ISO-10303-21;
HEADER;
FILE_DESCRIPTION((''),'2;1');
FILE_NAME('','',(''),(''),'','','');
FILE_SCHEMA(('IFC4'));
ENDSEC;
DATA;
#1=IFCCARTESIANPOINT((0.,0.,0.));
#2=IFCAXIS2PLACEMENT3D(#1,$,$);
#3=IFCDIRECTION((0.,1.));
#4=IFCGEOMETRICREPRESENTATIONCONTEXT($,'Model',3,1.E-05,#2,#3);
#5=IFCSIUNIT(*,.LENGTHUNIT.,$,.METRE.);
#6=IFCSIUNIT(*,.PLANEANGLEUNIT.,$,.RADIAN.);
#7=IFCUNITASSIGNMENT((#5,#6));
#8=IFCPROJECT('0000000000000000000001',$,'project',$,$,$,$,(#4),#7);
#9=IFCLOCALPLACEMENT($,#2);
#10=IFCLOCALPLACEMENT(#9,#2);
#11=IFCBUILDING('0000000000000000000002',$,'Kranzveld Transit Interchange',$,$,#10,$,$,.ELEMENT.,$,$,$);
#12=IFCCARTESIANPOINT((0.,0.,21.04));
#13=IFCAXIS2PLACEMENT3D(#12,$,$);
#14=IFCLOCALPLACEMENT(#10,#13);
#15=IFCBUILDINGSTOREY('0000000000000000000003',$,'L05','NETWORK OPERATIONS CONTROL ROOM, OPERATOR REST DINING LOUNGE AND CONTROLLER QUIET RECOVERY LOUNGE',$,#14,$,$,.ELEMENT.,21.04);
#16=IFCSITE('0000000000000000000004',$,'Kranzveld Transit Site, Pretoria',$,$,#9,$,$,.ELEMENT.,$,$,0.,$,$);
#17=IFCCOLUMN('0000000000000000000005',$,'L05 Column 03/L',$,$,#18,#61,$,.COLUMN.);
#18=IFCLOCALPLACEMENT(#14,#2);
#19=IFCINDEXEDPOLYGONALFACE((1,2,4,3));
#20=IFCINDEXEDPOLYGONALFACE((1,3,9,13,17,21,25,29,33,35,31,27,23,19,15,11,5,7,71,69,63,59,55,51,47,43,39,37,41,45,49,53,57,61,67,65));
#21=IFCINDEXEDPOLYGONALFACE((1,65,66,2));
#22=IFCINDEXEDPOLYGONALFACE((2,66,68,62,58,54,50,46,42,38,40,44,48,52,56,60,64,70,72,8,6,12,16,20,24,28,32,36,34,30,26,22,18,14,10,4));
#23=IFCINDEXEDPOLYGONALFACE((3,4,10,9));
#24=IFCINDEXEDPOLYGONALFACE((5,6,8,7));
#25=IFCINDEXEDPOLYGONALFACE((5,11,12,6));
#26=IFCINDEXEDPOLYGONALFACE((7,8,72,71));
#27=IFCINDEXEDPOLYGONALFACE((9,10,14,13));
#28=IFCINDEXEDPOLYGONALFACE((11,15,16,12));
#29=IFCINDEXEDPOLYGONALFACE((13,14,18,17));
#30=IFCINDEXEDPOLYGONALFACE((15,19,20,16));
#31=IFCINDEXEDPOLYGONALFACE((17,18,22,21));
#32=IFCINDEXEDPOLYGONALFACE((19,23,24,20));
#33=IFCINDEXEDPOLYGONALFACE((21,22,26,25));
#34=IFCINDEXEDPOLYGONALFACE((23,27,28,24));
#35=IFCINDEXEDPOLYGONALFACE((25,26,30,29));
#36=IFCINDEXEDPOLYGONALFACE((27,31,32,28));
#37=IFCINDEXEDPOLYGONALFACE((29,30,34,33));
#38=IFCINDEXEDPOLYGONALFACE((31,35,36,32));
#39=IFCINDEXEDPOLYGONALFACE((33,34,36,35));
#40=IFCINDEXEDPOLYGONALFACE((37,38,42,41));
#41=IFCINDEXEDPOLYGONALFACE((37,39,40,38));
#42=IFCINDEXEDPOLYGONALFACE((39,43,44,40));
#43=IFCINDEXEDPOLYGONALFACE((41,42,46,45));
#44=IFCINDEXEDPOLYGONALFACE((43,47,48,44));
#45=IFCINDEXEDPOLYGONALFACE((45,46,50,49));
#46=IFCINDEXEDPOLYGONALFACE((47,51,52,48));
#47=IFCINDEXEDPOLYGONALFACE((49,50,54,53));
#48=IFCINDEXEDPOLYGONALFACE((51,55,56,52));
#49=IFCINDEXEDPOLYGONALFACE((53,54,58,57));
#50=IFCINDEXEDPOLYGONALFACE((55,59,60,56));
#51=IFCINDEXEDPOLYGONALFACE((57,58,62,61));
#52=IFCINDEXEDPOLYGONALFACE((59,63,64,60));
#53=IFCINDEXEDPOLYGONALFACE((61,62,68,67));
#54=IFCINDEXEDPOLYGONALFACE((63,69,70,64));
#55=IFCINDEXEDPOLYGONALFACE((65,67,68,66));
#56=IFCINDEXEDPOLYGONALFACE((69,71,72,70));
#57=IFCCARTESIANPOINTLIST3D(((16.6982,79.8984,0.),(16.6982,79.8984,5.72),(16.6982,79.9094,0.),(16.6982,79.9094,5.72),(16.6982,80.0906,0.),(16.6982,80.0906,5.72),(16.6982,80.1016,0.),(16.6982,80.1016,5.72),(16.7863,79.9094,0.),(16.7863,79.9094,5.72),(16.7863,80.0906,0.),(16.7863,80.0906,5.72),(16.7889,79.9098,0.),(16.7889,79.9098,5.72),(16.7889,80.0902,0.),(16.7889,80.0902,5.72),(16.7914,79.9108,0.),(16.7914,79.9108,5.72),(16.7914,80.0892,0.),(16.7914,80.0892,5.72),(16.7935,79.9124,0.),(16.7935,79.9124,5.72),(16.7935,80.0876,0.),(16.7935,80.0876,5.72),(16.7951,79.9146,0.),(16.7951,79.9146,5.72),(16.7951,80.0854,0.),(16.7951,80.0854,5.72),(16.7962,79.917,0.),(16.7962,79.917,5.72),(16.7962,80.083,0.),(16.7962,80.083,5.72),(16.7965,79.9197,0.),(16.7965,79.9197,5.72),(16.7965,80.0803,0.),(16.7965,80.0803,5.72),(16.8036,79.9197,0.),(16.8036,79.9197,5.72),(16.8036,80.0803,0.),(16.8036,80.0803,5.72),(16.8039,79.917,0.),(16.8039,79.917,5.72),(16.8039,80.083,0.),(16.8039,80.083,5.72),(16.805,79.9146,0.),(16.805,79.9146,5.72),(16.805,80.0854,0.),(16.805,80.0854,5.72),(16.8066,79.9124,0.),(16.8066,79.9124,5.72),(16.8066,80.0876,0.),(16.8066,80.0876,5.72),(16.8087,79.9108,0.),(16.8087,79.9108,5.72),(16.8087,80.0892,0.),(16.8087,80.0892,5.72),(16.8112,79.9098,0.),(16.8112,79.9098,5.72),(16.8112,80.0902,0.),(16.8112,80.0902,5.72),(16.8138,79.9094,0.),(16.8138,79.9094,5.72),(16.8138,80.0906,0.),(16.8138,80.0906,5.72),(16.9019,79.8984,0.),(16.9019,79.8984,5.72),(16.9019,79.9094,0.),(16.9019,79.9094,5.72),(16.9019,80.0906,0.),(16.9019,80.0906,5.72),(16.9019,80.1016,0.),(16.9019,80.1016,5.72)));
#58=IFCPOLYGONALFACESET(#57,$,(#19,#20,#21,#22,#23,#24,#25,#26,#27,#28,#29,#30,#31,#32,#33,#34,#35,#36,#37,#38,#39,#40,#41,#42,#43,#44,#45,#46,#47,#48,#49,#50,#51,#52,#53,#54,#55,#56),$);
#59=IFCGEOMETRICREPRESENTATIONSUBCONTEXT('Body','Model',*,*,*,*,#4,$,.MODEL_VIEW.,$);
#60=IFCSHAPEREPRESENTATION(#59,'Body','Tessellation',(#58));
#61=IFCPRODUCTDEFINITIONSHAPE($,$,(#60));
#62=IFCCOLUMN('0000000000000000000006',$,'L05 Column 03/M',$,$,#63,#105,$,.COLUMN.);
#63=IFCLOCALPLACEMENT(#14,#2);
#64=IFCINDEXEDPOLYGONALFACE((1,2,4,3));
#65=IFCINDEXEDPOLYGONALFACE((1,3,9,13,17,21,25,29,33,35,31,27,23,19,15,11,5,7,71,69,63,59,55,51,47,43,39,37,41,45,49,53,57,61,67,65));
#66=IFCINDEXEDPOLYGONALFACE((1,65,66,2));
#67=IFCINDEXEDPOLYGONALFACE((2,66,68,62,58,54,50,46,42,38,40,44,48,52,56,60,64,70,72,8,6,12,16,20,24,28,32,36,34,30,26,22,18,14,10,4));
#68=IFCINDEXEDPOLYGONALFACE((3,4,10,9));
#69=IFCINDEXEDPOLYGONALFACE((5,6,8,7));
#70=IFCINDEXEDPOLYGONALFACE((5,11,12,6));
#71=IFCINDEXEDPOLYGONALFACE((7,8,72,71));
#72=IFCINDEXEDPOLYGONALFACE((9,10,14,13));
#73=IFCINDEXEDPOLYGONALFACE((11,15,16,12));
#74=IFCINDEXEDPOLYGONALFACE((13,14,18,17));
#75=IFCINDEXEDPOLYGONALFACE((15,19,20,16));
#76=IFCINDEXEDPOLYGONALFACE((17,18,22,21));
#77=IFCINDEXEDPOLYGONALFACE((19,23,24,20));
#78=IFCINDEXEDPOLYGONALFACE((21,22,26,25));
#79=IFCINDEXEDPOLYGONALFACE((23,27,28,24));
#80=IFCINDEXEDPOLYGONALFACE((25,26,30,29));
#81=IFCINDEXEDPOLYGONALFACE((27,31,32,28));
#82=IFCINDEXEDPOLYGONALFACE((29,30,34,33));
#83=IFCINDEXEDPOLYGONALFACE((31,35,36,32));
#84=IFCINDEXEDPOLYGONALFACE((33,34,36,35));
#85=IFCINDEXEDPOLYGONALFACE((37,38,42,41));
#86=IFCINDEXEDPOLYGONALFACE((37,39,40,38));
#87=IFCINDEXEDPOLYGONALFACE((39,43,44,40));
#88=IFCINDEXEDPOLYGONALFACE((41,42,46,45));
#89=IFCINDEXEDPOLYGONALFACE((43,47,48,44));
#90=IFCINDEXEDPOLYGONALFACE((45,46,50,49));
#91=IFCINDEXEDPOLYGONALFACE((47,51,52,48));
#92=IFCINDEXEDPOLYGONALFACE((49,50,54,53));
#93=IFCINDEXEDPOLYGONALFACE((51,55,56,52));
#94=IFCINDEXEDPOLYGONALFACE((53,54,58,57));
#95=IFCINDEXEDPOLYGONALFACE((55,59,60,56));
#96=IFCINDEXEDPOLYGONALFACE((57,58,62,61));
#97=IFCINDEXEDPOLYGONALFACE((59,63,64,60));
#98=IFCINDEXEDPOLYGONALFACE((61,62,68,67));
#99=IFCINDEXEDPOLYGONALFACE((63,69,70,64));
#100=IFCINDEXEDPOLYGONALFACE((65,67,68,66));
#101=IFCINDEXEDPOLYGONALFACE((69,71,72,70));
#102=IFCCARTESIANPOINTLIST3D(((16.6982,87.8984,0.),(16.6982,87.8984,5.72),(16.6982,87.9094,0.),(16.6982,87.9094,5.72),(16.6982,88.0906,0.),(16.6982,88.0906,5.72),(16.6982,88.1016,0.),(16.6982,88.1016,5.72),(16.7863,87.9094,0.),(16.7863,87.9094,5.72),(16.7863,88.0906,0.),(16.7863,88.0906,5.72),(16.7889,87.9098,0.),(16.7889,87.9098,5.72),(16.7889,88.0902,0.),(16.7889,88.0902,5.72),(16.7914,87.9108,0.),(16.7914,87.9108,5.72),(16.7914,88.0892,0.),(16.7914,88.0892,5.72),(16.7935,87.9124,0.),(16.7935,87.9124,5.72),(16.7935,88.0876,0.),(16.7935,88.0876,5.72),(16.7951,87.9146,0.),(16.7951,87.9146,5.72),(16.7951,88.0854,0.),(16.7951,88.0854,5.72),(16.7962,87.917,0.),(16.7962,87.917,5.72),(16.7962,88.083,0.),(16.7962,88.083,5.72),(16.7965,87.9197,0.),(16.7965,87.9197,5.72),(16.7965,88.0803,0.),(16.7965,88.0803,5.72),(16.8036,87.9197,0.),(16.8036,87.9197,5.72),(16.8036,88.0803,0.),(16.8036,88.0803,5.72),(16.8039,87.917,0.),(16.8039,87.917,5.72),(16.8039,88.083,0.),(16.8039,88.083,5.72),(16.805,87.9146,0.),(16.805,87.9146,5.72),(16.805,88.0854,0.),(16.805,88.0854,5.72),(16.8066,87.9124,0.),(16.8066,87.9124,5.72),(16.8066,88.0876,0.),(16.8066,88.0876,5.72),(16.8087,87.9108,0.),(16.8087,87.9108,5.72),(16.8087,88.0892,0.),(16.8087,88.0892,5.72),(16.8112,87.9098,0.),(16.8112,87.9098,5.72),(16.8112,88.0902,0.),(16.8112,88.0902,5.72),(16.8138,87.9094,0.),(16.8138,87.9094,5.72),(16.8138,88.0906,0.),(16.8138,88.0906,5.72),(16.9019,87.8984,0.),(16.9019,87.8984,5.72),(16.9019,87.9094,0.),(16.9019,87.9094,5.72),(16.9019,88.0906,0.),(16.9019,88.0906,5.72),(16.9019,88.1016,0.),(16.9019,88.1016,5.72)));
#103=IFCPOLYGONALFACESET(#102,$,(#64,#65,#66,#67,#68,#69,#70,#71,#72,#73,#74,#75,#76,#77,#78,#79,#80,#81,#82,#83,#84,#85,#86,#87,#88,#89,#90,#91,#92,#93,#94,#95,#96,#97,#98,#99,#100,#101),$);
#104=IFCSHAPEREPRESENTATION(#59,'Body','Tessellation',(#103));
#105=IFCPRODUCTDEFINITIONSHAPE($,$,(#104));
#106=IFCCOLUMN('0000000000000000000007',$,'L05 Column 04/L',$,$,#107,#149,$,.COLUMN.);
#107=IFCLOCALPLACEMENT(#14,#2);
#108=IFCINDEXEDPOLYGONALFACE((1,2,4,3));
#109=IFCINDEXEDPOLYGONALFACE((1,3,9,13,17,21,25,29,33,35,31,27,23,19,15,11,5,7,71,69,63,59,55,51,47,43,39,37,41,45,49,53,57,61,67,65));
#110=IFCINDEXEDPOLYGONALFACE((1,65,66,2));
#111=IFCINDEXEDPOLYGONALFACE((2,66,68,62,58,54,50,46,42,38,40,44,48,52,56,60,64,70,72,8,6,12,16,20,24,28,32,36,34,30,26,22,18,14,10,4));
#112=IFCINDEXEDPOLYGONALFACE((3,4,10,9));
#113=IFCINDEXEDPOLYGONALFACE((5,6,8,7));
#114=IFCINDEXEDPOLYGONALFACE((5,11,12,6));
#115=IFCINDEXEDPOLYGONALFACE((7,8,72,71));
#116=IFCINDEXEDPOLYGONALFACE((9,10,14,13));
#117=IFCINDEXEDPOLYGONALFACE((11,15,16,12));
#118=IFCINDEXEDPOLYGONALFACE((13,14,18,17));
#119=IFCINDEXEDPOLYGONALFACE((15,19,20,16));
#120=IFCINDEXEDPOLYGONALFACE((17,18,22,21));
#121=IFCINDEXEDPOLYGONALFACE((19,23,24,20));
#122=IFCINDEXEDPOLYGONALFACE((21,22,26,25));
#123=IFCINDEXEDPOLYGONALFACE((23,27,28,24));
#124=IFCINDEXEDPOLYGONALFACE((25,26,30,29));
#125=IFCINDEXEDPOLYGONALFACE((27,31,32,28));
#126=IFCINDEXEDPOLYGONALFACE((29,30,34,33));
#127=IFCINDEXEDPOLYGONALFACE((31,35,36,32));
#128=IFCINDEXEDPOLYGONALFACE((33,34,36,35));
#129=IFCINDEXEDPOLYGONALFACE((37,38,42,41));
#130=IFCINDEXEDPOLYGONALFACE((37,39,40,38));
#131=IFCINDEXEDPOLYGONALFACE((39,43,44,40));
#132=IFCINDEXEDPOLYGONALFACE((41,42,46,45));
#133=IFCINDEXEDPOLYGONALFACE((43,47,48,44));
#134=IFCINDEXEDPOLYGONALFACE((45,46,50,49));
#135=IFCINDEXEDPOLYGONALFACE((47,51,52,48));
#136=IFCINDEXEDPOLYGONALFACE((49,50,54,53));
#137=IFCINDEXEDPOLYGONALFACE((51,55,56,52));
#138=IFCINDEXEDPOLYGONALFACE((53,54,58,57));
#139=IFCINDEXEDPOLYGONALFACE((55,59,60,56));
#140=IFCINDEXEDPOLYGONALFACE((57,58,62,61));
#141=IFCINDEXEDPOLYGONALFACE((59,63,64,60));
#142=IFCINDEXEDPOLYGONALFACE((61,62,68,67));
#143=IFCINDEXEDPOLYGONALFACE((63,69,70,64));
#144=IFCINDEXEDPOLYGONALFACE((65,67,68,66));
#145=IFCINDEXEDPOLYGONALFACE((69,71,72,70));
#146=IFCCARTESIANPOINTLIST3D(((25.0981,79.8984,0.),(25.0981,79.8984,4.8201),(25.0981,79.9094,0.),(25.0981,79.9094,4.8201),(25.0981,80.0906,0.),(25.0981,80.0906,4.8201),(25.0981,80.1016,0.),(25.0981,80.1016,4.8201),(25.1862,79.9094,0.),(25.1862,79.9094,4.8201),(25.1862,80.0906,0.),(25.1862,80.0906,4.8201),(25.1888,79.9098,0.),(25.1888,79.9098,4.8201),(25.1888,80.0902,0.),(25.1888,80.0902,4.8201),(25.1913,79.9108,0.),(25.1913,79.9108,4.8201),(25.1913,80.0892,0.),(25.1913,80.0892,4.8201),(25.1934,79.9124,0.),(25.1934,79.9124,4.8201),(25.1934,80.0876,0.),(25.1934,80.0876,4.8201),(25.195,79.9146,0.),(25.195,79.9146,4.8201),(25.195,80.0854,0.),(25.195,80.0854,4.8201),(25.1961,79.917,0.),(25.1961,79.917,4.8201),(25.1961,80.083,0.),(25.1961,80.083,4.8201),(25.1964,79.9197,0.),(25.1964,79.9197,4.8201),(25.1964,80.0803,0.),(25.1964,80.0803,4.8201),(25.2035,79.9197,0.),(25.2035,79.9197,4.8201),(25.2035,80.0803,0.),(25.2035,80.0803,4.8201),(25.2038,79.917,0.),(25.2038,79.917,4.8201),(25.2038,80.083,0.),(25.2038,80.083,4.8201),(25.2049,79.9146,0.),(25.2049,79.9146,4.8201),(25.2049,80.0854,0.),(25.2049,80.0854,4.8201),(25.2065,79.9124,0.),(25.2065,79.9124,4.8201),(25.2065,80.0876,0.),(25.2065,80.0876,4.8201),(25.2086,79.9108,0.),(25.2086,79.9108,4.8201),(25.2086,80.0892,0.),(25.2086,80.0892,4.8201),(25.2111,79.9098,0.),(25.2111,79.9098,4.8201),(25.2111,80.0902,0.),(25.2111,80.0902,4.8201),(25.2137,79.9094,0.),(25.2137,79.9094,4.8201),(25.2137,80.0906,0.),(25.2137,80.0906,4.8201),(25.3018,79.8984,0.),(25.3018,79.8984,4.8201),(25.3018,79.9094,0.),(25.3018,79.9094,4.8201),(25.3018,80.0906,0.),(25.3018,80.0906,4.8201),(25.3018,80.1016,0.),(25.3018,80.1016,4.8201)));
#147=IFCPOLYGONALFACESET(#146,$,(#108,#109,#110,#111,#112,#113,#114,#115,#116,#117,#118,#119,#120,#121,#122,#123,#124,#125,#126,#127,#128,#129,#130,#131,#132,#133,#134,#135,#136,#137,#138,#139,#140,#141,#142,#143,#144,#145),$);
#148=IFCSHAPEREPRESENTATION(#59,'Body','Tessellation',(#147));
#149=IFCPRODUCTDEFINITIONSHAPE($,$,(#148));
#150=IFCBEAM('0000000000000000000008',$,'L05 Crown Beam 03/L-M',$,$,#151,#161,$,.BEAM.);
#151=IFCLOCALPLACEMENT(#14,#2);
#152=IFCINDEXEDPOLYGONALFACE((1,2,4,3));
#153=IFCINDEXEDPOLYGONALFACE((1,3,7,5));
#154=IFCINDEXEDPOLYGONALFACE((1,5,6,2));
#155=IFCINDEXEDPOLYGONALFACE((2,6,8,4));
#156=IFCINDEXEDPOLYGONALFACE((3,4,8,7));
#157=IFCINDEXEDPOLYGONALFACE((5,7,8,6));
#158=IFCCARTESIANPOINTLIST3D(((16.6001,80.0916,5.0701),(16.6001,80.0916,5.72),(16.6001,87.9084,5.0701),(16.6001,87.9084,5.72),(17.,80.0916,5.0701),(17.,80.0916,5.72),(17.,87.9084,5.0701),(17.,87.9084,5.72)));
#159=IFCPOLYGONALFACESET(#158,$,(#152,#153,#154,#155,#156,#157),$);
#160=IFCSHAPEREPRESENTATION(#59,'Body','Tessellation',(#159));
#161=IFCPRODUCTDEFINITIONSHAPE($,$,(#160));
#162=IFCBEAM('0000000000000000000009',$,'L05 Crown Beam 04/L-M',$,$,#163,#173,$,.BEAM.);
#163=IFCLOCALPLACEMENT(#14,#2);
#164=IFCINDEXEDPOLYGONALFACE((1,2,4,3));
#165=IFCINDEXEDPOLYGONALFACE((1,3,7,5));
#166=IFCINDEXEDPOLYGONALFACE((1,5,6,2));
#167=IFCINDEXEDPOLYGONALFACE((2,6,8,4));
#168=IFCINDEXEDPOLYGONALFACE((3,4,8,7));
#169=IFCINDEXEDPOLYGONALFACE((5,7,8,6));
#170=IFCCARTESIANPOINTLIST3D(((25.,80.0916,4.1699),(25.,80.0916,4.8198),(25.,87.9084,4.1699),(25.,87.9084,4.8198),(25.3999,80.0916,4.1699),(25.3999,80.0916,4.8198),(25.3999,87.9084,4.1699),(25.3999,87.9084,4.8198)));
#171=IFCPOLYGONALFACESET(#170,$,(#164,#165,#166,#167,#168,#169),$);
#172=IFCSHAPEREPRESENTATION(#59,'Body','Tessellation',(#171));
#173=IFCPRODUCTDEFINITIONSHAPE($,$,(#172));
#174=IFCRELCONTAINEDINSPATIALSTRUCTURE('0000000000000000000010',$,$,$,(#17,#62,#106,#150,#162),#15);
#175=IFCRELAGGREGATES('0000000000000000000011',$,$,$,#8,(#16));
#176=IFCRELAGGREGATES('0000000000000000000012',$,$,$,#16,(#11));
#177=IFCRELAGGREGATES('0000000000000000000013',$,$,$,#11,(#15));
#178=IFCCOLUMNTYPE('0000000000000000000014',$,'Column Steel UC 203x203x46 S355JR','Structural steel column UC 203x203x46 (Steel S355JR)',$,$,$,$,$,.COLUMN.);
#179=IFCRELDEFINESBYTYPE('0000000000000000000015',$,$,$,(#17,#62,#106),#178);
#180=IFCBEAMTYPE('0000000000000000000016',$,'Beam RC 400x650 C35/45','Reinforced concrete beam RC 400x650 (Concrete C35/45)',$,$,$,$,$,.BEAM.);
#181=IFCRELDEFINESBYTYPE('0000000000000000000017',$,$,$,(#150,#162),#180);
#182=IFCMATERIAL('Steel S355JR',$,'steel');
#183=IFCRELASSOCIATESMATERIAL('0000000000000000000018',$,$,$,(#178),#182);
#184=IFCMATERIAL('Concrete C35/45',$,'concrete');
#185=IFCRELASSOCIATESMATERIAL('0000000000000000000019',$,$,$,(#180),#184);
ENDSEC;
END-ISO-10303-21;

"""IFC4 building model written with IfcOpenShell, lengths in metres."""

from ifc_helpers import new_model, si_unit, direction, frame, origin, origin_2d, place, context, subcontext, project, spatial, rectangle, i_section, extrude, material, material_profile, profile_set, type_object, element, save


model = new_model("IFC4")

# Units and contexts
model_context = context("Model", 3, precision=1e-05, world=origin(), true_north=direction((0.0, 1.0)))
body_context = subcontext(model_context, "Body", "Model", "MODEL_VIEW")
ifc_project = project(units=[si_unit("LENGTHUNIT", "METRE"), si_unit("PLANEANGLEUNIT", "RADIAN")], contexts=[model_context])

# Site, building, storey
site_placement = place(None, origin())
site = spatial("IfcSite", under=ifc_project, at=site_placement, Name="Kranzveld Transit Site, Pretoria", CompositionType="ELEMENT", RefElevation=0.0)
building_placement = place(site_placement, origin())
building = spatial("IfcBuilding", under=site, at=building_placement, Name="Kranzveld Transit Interchange", CompositionType="ELEMENT")
storey_placement = place(building_placement, frame((0.0, 0.0, 21.04)))
storey = spatial("IfcBuildingStorey", under=building, at=storey_placement, Name="L05", Description="NETWORK OPERATIONS CONTROL ROOM, OPERATOR REST DINING LOUNGE AND CONTROLLER QUIET RECOVERY LOUNGE", CompositionType="ELEMENT", Elevation=21.04)

# Columns
ifc_material_1 = material(Name="Steel S355JR", Category="steel")
ifc_material_profile_1 = material_profile(ifc_material_1, i_section(OverallWidth=0.2036, OverallDepth=0.2031, WebThickness=0.0071, FlangeThickness=0.011, FilletRadius=0.0103, at=origin_2d()), Name="UC 203x203x46")
ifc_profile_set_1 = profile_set([ifc_material_profile_1], Name="Steel S355JR")
column_type = type_object("IfcColumnType", Name="Column Steel UC 203x203x46 S355JR", Description="Structural steel column UC 203x203x46 (Steel S355JR)", PredefinedType="COLUMN", material=ifc_profile_set_1)
for number, where, z_axis, x_axis, name in (
    (1, (16.8, 80.0, 0.0), (0.0, 0.0, 1.0), (1.0, 0.0, 0.0), "L05 Column 03/L"),
    (2, (16.8, 88.0, 0.0), (0.0, 0.0, 1.0), (1.0, 0.0, 0.0), "L05 Column 03/M"),
):
    element("IfcColumn", number, at=place(storey_placement, frame(where, z_axis=z_axis, x_axis=x_axis)), inside=storey, type_object=column_type, Name=name, PredefinedType="COLUMN", context=body_context, shape_type="SweptSolid", body=[
        extrude(i_section(OverallWidth=0.2036, OverallDepth=0.2031, WebThickness=0.0071, FlangeThickness=0.011, FilletRadius=0.0103, at=origin_2d()), origin(), (0.0, 0.0, 1.0), 5.72),
    ])
column_placement = place(storey_placement, frame((25.2, 80.0, 0.0), z_axis=(0.0, 0.0, 1.0), x_axis=(1.0, 0.0, 0.0)))
element("IfcColumn", 3, at=column_placement, inside=storey, type_object=column_type, Name="L05 Column 04/L", PredefinedType="COLUMN", context=body_context, shape_type="SweptSolid", body=[
    extrude(i_section(OverallWidth=0.2036, OverallDepth=0.2031, WebThickness=0.0071, FlangeThickness=0.011, FilletRadius=0.0103, at=origin_2d()), origin(), (0.0, 0.0, 1.0), 4.8201),
])

# Beams
ifc_material_2 = material(Name="Concrete C35/45", Category="concrete")
ifc_material_profile_2 = material_profile(ifc_material_2, rectangle(XDim=0.3999, YDim=0.6499, at=origin_2d()), Name="RC 400x650")
ifc_profile_set_2 = profile_set([ifc_material_profile_2], Name="Concrete C35/45")
beam_type = type_object("IfcBeamType", Name="Beam RC 400x650 C35/45", Description="Reinforced concrete beam RC 400x650 (Concrete C35/45)", PredefinedType="BEAM", material=ifc_profile_set_2)
for number, where, z_axis, x_axis, name in (
    (4, (16.8, 80.0916, 5.395), (0.0, 1.0, 0.0), (-1.0, 0.0, 0.0), "L05 Crown Beam 03/L-M"),
    (5, (25.2, 80.0916, 4.4949), (0.0, 1.0, 0.0), (-1.0, 0.0, 0.0), "L05 Crown Beam 04/L-M"),
):
    element("IfcBeam", number, at=place(storey_placement, frame(where, z_axis=z_axis, x_axis=x_axis)), inside=storey, type_object=beam_type, Name=name, PredefinedType="BEAM", context=body_context, shape_type="SweptSolid", body=[
        extrude(rectangle(XDim=0.3999, YDim=0.6499, at=origin_2d()), origin(), (0.0, 0.0, 1.0), 7.8169),
    ])

save(model, "model.ifc")
